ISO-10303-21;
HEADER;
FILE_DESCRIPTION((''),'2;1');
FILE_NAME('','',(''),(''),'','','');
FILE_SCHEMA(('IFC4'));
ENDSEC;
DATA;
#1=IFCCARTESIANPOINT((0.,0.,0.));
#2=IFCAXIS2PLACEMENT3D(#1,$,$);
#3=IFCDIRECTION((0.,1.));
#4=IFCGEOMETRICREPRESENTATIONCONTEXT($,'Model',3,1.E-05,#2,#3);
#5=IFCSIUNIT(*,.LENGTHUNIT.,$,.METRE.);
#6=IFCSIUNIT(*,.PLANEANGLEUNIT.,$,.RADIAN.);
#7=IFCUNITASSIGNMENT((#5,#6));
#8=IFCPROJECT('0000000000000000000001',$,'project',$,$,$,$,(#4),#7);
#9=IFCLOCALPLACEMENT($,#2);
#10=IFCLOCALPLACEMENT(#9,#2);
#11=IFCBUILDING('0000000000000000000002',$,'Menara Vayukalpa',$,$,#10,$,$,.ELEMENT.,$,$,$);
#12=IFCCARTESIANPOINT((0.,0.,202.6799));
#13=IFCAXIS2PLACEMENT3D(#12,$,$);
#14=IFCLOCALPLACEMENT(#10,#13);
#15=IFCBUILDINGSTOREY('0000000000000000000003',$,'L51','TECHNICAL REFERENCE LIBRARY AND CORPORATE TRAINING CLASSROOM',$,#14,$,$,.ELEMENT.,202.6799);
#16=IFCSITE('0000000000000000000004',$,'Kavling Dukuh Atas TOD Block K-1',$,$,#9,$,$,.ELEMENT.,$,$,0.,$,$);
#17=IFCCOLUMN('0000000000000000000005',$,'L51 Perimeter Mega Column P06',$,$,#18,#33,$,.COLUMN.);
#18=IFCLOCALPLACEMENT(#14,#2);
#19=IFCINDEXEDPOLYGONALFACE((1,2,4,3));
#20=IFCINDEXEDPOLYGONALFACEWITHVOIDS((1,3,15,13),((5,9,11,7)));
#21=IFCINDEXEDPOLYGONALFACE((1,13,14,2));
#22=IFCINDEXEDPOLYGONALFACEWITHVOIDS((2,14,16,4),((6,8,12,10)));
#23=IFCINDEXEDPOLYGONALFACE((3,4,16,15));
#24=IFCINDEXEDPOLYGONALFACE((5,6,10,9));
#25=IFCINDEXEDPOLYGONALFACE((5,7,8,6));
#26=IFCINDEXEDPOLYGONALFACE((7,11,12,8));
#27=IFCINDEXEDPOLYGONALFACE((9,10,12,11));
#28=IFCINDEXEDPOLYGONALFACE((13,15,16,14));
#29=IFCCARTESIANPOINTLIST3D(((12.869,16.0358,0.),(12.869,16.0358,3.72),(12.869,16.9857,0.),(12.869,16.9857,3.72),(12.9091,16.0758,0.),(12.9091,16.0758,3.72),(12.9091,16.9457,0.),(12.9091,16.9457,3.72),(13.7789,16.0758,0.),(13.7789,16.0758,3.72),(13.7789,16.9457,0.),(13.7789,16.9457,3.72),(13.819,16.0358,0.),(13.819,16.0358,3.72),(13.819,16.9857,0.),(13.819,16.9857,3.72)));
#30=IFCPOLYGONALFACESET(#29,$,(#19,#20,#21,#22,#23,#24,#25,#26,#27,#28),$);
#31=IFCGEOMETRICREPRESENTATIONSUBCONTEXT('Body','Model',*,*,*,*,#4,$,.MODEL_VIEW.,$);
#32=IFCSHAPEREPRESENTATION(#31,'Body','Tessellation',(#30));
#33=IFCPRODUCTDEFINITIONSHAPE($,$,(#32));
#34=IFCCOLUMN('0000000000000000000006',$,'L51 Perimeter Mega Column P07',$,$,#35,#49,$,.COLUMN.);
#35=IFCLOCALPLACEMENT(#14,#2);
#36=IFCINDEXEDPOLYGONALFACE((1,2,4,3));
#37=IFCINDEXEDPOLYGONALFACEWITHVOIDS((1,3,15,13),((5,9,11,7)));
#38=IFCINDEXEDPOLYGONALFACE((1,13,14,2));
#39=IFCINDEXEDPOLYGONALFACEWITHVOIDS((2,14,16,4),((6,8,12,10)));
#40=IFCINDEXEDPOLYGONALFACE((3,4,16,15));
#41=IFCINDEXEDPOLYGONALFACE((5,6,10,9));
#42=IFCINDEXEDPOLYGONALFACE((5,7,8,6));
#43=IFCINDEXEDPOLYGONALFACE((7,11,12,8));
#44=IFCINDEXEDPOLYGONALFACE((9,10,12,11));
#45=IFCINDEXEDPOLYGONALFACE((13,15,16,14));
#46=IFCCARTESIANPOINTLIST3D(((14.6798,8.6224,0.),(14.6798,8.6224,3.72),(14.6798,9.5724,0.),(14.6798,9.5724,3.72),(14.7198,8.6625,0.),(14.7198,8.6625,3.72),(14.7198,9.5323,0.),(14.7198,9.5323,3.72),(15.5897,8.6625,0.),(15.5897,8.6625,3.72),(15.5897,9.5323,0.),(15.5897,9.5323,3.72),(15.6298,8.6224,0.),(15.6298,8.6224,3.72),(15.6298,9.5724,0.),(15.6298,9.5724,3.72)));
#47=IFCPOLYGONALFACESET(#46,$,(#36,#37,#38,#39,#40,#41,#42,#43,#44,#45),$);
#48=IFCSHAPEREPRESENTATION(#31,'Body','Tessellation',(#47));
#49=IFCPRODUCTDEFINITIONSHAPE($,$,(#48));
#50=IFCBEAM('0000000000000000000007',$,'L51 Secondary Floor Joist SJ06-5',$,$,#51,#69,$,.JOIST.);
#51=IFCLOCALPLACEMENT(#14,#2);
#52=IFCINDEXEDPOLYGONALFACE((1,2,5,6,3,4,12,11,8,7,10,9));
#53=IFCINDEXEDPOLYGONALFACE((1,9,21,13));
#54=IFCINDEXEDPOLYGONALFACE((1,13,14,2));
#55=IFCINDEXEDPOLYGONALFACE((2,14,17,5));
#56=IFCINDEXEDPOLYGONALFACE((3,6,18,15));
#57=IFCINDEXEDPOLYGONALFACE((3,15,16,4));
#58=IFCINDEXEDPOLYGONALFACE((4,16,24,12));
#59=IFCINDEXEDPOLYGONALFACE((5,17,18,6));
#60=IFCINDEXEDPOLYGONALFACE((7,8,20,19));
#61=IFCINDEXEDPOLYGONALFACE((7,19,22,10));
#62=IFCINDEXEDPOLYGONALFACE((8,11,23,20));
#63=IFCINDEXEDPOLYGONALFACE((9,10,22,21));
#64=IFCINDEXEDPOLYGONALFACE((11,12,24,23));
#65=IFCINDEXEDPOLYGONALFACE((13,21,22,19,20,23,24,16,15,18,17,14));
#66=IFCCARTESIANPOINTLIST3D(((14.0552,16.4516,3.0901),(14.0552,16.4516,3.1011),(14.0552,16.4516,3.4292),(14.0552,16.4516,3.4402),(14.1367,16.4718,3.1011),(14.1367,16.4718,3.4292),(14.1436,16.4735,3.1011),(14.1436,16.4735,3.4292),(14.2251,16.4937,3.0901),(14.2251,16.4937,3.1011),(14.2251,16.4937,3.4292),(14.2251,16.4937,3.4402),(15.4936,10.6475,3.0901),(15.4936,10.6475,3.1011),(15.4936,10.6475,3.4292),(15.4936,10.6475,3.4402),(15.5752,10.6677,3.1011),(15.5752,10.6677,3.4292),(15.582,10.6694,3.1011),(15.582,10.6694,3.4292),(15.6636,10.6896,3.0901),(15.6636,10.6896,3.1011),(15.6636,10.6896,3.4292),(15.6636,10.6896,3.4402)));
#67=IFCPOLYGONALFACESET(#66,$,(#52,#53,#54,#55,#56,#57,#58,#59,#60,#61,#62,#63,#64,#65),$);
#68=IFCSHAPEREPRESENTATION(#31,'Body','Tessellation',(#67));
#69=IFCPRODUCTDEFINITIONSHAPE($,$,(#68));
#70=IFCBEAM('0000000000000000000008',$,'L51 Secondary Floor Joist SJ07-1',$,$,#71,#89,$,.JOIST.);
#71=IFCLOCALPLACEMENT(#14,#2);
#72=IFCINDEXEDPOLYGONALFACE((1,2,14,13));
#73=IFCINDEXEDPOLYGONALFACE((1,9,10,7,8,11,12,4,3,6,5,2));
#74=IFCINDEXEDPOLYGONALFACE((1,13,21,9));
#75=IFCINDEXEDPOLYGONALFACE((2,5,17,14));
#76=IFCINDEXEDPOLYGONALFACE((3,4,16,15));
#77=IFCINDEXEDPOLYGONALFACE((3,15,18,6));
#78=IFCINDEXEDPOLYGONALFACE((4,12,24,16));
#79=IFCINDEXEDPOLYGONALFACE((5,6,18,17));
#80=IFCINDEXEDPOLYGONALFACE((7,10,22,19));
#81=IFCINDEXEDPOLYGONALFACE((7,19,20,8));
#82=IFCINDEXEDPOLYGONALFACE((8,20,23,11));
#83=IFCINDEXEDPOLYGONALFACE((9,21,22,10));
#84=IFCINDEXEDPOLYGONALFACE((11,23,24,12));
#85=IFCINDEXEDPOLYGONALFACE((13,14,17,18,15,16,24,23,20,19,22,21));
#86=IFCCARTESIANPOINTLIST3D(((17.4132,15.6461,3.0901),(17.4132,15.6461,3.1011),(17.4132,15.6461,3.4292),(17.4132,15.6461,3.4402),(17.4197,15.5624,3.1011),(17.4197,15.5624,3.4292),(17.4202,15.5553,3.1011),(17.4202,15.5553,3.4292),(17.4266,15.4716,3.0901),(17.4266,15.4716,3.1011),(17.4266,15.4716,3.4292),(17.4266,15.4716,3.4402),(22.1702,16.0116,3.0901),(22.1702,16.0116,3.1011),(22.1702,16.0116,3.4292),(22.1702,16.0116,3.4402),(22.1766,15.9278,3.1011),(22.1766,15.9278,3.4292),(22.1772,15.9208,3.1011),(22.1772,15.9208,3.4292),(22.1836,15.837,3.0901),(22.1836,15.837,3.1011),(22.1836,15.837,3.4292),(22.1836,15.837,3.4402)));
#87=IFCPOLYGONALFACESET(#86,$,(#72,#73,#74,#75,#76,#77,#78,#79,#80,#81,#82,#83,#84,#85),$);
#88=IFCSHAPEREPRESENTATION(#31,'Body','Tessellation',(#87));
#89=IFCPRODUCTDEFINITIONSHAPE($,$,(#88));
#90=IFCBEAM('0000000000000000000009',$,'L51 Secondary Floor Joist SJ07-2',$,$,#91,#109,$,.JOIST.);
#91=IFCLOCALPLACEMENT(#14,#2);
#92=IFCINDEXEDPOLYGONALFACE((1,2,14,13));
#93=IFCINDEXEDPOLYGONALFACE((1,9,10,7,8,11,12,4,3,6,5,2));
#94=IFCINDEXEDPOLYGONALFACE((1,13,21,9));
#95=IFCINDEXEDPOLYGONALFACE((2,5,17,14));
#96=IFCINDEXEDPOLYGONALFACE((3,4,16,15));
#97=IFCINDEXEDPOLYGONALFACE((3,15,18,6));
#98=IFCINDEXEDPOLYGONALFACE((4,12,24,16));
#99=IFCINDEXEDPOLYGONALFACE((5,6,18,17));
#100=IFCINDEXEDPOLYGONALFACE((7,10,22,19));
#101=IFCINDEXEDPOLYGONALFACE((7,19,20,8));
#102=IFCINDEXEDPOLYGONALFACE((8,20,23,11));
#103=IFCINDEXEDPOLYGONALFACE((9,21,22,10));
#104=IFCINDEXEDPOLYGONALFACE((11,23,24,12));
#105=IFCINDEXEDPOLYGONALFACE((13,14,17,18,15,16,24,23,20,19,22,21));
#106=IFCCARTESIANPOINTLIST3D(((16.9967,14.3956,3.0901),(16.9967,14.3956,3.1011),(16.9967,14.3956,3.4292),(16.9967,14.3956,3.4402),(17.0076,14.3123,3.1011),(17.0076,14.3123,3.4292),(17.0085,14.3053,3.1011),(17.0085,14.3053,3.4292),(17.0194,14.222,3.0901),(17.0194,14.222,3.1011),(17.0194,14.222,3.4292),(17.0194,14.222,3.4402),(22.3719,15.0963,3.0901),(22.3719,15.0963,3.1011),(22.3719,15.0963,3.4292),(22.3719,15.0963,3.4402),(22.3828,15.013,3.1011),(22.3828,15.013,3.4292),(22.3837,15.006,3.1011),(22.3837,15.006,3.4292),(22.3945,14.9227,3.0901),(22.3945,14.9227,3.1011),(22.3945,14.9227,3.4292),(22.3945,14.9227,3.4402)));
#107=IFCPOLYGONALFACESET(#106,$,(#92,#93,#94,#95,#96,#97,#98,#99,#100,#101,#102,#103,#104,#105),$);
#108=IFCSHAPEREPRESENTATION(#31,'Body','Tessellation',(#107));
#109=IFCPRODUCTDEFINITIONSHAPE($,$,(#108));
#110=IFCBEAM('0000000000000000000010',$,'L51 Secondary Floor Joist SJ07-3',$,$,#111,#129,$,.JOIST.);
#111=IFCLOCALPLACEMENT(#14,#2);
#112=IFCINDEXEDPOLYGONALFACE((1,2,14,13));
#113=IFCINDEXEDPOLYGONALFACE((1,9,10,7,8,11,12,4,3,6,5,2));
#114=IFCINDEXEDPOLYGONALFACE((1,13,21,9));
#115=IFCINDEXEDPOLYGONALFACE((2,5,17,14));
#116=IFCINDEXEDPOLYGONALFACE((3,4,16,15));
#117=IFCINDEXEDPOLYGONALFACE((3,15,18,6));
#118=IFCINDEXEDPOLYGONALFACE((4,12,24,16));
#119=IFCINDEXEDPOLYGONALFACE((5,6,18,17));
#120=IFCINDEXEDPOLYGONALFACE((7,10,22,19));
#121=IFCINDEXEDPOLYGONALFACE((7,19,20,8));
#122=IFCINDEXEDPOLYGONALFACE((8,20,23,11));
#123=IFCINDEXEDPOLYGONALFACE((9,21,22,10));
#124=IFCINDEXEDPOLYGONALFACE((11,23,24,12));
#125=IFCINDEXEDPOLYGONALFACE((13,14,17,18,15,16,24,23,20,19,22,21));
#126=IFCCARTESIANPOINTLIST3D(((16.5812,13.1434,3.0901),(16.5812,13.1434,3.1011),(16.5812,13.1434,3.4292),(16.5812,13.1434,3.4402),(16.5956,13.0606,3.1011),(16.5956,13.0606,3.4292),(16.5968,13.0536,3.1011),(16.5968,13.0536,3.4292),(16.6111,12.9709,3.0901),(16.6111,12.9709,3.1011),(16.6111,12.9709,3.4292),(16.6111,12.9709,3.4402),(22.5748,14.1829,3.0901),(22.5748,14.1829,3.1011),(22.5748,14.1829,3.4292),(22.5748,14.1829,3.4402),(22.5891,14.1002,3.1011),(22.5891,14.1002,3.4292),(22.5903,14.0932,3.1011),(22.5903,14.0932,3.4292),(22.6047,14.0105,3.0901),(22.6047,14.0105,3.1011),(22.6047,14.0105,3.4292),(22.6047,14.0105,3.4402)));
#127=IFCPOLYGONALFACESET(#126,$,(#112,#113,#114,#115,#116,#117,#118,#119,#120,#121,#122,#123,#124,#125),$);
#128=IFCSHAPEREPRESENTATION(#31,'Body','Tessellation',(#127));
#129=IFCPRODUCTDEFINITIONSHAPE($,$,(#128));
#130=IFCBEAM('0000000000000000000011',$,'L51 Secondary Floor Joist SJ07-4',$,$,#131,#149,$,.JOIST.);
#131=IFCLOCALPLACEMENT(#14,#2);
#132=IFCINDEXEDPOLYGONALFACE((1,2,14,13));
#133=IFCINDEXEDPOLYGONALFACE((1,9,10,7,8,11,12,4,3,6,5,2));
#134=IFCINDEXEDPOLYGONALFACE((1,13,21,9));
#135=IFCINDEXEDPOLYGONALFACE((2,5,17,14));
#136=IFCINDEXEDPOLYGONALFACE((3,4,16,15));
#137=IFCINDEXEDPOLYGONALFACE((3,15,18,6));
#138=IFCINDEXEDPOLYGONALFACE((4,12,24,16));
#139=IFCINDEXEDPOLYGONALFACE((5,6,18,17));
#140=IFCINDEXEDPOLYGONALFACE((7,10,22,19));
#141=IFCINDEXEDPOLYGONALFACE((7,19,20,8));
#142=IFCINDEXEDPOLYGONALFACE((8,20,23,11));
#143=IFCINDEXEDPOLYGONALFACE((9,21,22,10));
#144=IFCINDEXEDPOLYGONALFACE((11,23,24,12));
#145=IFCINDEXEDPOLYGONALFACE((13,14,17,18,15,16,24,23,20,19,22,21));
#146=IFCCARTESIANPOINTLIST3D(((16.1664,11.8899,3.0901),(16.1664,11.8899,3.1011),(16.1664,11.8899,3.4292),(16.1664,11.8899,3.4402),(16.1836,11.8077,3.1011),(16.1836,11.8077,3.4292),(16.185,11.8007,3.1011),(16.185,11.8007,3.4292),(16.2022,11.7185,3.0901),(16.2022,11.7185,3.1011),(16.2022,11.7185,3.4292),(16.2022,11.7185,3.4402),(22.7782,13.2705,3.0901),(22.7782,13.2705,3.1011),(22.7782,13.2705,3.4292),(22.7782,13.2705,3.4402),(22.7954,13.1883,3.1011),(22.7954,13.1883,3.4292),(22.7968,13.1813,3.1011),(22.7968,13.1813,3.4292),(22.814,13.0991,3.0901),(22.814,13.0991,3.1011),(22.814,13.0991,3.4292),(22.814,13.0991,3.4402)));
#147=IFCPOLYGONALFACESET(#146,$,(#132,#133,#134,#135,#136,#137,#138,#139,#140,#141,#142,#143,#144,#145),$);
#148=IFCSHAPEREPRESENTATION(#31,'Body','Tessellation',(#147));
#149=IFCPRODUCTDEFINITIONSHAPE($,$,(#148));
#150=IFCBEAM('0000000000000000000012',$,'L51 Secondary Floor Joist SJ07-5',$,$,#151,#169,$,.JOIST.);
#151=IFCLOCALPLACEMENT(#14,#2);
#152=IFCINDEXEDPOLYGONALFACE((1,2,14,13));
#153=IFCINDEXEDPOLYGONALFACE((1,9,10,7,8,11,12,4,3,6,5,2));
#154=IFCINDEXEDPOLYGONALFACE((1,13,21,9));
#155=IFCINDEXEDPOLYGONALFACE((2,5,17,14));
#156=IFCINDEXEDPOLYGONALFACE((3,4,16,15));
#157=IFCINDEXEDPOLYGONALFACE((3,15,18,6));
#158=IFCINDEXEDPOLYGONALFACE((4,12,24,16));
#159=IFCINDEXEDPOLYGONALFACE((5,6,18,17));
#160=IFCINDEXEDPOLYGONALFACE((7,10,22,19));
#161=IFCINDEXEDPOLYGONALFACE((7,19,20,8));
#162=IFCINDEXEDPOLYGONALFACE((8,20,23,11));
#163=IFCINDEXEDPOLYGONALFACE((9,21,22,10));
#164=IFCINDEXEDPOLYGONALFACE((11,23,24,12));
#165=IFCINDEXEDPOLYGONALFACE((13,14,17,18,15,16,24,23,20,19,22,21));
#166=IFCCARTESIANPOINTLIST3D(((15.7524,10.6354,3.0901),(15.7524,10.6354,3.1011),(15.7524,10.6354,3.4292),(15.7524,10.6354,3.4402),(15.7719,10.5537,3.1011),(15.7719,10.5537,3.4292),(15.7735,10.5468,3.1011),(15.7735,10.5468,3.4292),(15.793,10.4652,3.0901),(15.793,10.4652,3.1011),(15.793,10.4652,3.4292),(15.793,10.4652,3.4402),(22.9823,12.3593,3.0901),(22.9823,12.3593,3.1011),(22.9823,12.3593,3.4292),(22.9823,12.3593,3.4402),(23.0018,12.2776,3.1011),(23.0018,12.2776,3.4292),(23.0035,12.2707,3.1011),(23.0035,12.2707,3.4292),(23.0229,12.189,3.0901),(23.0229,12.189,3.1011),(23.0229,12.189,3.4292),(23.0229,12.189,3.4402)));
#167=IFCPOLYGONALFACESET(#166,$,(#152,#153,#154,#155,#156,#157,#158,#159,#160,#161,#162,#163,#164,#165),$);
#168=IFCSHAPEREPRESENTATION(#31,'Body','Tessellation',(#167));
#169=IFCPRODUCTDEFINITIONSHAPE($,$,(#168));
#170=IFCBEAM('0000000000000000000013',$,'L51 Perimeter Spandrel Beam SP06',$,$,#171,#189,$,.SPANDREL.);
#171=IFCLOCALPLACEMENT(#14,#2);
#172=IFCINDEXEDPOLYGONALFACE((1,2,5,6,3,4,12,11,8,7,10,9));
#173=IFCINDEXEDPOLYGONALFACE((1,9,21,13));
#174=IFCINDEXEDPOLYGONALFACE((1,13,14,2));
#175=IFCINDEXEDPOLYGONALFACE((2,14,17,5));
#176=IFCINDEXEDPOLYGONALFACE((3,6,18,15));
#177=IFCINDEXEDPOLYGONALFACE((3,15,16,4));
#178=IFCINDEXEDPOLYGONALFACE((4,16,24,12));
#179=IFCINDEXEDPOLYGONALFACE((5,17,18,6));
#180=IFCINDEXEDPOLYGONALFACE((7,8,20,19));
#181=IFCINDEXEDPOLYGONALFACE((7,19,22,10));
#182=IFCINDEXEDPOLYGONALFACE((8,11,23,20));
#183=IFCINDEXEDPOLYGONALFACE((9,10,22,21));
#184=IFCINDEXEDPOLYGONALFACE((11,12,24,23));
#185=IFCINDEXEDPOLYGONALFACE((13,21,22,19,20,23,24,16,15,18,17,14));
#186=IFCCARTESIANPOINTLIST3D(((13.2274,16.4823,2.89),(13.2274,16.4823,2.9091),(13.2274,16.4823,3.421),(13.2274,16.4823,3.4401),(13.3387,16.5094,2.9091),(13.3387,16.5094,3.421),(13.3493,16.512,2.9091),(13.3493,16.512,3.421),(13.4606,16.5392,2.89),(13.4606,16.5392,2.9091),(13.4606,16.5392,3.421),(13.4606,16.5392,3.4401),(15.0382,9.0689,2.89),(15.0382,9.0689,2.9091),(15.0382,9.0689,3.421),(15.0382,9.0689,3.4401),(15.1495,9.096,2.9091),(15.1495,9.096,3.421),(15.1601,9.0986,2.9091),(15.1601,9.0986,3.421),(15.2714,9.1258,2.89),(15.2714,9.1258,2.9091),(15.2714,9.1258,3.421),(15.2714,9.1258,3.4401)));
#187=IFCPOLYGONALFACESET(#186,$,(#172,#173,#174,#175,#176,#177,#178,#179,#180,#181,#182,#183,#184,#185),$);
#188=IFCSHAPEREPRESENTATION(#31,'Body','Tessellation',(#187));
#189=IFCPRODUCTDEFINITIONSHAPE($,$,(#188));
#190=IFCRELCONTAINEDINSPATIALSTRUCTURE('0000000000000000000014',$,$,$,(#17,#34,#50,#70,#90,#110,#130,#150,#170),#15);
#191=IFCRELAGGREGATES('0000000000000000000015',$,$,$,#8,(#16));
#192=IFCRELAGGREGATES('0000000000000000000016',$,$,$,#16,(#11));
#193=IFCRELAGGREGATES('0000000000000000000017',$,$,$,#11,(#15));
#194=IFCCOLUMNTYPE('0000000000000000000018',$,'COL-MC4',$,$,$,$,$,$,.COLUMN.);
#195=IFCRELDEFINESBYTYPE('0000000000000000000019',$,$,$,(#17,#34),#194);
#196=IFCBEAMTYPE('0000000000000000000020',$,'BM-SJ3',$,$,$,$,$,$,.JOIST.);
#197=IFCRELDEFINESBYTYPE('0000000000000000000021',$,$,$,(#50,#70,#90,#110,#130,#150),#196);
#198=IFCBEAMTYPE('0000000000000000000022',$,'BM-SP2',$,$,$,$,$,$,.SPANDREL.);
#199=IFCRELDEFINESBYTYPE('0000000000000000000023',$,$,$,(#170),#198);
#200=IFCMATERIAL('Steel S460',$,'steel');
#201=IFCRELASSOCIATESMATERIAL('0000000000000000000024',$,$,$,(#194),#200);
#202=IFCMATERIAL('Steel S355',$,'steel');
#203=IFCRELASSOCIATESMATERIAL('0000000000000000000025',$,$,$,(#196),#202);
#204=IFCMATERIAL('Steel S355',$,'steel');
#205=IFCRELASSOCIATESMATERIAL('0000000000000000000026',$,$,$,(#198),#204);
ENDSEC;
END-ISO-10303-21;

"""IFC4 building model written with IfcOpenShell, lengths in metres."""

from ifc_helpers import new_model, si_unit, direction, frame, origin, origin_2d, place, context, subcontext, project, spatial, hollow_rectangle, i_section, extrude, material, material_profile, profile_set, type_object, element, save


model = new_model("IFC4")

# Units and contexts
model_context = context("Model", 3, precision=1e-05, world=origin(), true_north=direction((0.0, 1.0)))
body_context = subcontext(model_context, "Body", "Model", "MODEL_VIEW")
ifc_project = project(units=[si_unit("LENGTHUNIT", "METRE"), si_unit("PLANEANGLEUNIT", "RADIAN")], contexts=[model_context])

# Site, building, storey
site_placement = place(None, origin())
site = spatial("IfcSite", under=ifc_project, at=site_placement, Name="Kavling Dukuh Atas TOD Block K-1", CompositionType="ELEMENT", RefElevation=0.0)
building_placement = place(site_placement, origin())
building = spatial("IfcBuilding", under=site, at=building_placement, Name="Menara Vayukalpa", CompositionType="ELEMENT")
storey_placement = place(building_placement, frame((0.0, 0.0, 202.6799)))
storey = spatial("IfcBuildingStorey", under=building, at=storey_placement, Name="L51", Description="TECHNICAL REFERENCE LIBRARY AND CORPORATE TRAINING CLASSROOM", CompositionType="ELEMENT", Elevation=202.6799)

# Columns
ifc_material_1 = material(Name="Steel S460", Category="steel")
ifc_material_profile_1 = material_profile(ifc_material_1, hollow_rectangle(XDim=0.95, YDim=0.95, WallThickness=0.04, at=origin_2d()), Name="BOX 950x950x40")
ifc_profile_set_1 = profile_set([ifc_material_profile_1], Name="Steel S460")
column_type = type_object("IfcColumnType", Name="COL-MC4", PredefinedType="COLUMN", material=ifc_profile_set_1)
for number, where, z_axis, x_axis, name in (
    (1, (13.344, 16.5107, 0.0), (0.0, 0.0, 1.0), (1.0, 0.0, 0.0), "L51 Perimeter Mega Column P06"),
    (2, (15.1548, 9.0974, 0.0), (0.0, 0.0, 1.0), (1.0, 0.0, 0.0), "L51 Perimeter Mega Column P07"),
):
    element("IfcColumn", number, at=place(storey_placement, frame(where, z_axis=z_axis, x_axis=x_axis)), inside=storey, type_object=column_type, Name=name, PredefinedType="COLUMN", context=body_context, shape_type="SweptSolid", body=[
        extrude(hollow_rectangle(XDim=0.95, YDim=0.95, WallThickness=0.04, at=origin_2d()), origin(), (0.0, 0.0, 1.0), 3.72),
    ])

# Beams
ifc_material_2 = material(Name="Steel S355", Category="steel")
ifc_material_profile_2 = material_profile(ifc_material_2, i_section(OverallWidth=0.175, OverallDepth=0.3501, WebThickness=0.0071, FlangeThickness=0.011, at=origin_2d()), Name="WF 350x175x7x11")
ifc_profile_set_2 = profile_set([ifc_material_profile_2], Name="Steel S355")
beam_type_1 = type_object("IfcBeamType", Name="BM-SJ3", PredefinedType="JOIST", material=ifc_profile_set_2)
beam_1_placement = place(storey_placement, frame((14.1401, 16.4727, 3.2651), z_axis=(0.240556, -0.970635, 0.0), x_axis=(0.970635, 0.240556, 0.0)))
element("IfcBeam", 3, at=beam_1_placement, inside=storey, type_object=beam_type_1, Name="L51 Secondary Floor Joist SJ06-5", PredefinedType="JOIST", context=body_context, shape_type="SweptSolid", body=[
    extrude(i_section(OverallWidth=0.175, OverallDepth=0.3501, WebThickness=0.0071, FlangeThickness=0.011, at=origin_2d()), origin(), (0.0, 0.0, 1.0), 5.9797),
])
beam_2_placement = place(storey_placement, frame((17.4199, 15.5588, 3.2651), z_axis=(0.997062, 0.076603, 0.0), x_axis=(-0.076603, 0.997062, 0.0)))
element("IfcBeam", 4, at=beam_2_placement, inside=storey, type_object=beam_type_1, Name="L51 Secondary Floor Joist SJ07-1", PredefinedType="JOIST", context=body_context, shape_type="SweptSolid", body=[
    extrude(i_section(OverallWidth=0.175, OverallDepth=0.3501, WebThickness=0.0071, FlangeThickness=0.011, at=origin_2d()), origin(), (0.0, 0.0, 1.0), 4.771),
])
beam_3_placement = place(storey_placement, frame((17.0081, 14.3088, 3.2651), z_axis=(0.991611, 0.12926, 0.0), x_axis=(-0.12926, 0.991611, 0.0)))
element("IfcBeam", 5, at=beam_3_placement, inside=storey, type_object=beam_type_1, Name="L51 Secondary Floor Joist SJ07-2", PredefinedType="JOIST", context=body_context, shape_type="SweptSolid", body=[
    extrude(i_section(OverallWidth=0.175, OverallDepth=0.3501, WebThickness=0.0071, FlangeThickness=0.011, at=origin_2d()), origin(), (0.0, 0.0, 1.0), 5.4207),
])
beam_4_placement = place(storey_placement, frame((16.5962, 13.0571, 3.2651), z_axis=(0.985289, 0.170897, 0.0), x_axis=(-0.170897, 0.985289, 0.0)))
element("IfcBeam", 6, at=beam_4_placement, inside=storey, type_object=beam_type_1, Name="L51 Secondary Floor Joist SJ07-3", PredefinedType="JOIST", context=body_context, shape_type="SweptSolid", body=[
    extrude(i_section(OverallWidth=0.175, OverallDepth=0.3501, WebThickness=0.0071, FlangeThickness=0.011, at=origin_2d()), origin(), (0.0, 0.0, 1.0), 6.083),
])
beam_5_placement = place(storey_placement, frame((16.1843, 11.8042, 3.2651), z_axis=(0.978887, 0.204402, 0.0), x_axis=(-0.204402, 0.978887, 0.0)))
element("IfcBeam", 7, at=beam_5_placement, inside=storey, type_object=beam_type_1, Name="L51 Secondary Floor Joist SJ07-4", PredefinedType="JOIST", context=body_context, shape_type="SweptSolid", body=[
    extrude(i_section(OverallWidth=0.175, OverallDepth=0.3501, WebThickness=0.0071, FlangeThickness=0.011, at=origin_2d()), origin(), (0.0, 0.0, 1.0), 6.7544),
])
beam_6_placement = place(storey_placement, frame((15.7727, 10.5503, 3.2651), z_axis=(0.972732, 0.231933, 0.0), x_axis=(-0.231933, 0.972732, 0.0)))
element("IfcBeam", 8, at=beam_6_placement, inside=storey, type_object=beam_type_1, Name="L51 Secondary Floor Joist SJ07-5", PredefinedType="JOIST", context=body_context, shape_type="SweptSolid", body=[
    extrude(i_section(OverallWidth=0.175, OverallDepth=0.3501, WebThickness=0.0071, FlangeThickness=0.011, at=origin_2d()), origin(), (0.0, 0.0, 1.0), 7.4326),
])
ifc_material_3 = material(Name="Steel S355", Category="steel")
ifc_material_profile_3 = material_profile(ifc_material_3, i_section(OverallWidth=0.24, OverallDepth=0.55, WebThickness=0.011, FlangeThickness=0.019, at=origin_2d()), Name="WF 550x240x11x19")
ifc_profile_set_3 = profile_set([ifc_material_profile_3], Name="Steel S355")
beam_type_2 = type_object("IfcBeamType", Name="BM-SP2", PredefinedType="SPANDREL", material=ifc_profile_set_3)
beam_7_placement = place(storey_placement, frame((13.344, 16.5107, 3.165), z_axis=(0.237285, -0.97144, 0.0), x_axis=(0.97144, 0.237285, 0.0)))
element("IfcBeam", 9, at=beam_7_placement, inside=storey, type_object=beam_type_2, Name="L51 Perimeter Spandrel Beam SP06", PredefinedType="SPANDREL", context=body_context, shape_type="SweptSolid", body=[
    extrude(i_section(OverallWidth=0.24, OverallDepth=0.55, WebThickness=0.011, FlangeThickness=0.019, at=origin_2d()), origin(), (0.0, 0.0, 1.0), 7.6313),
])

save(model, "model.ifc")
